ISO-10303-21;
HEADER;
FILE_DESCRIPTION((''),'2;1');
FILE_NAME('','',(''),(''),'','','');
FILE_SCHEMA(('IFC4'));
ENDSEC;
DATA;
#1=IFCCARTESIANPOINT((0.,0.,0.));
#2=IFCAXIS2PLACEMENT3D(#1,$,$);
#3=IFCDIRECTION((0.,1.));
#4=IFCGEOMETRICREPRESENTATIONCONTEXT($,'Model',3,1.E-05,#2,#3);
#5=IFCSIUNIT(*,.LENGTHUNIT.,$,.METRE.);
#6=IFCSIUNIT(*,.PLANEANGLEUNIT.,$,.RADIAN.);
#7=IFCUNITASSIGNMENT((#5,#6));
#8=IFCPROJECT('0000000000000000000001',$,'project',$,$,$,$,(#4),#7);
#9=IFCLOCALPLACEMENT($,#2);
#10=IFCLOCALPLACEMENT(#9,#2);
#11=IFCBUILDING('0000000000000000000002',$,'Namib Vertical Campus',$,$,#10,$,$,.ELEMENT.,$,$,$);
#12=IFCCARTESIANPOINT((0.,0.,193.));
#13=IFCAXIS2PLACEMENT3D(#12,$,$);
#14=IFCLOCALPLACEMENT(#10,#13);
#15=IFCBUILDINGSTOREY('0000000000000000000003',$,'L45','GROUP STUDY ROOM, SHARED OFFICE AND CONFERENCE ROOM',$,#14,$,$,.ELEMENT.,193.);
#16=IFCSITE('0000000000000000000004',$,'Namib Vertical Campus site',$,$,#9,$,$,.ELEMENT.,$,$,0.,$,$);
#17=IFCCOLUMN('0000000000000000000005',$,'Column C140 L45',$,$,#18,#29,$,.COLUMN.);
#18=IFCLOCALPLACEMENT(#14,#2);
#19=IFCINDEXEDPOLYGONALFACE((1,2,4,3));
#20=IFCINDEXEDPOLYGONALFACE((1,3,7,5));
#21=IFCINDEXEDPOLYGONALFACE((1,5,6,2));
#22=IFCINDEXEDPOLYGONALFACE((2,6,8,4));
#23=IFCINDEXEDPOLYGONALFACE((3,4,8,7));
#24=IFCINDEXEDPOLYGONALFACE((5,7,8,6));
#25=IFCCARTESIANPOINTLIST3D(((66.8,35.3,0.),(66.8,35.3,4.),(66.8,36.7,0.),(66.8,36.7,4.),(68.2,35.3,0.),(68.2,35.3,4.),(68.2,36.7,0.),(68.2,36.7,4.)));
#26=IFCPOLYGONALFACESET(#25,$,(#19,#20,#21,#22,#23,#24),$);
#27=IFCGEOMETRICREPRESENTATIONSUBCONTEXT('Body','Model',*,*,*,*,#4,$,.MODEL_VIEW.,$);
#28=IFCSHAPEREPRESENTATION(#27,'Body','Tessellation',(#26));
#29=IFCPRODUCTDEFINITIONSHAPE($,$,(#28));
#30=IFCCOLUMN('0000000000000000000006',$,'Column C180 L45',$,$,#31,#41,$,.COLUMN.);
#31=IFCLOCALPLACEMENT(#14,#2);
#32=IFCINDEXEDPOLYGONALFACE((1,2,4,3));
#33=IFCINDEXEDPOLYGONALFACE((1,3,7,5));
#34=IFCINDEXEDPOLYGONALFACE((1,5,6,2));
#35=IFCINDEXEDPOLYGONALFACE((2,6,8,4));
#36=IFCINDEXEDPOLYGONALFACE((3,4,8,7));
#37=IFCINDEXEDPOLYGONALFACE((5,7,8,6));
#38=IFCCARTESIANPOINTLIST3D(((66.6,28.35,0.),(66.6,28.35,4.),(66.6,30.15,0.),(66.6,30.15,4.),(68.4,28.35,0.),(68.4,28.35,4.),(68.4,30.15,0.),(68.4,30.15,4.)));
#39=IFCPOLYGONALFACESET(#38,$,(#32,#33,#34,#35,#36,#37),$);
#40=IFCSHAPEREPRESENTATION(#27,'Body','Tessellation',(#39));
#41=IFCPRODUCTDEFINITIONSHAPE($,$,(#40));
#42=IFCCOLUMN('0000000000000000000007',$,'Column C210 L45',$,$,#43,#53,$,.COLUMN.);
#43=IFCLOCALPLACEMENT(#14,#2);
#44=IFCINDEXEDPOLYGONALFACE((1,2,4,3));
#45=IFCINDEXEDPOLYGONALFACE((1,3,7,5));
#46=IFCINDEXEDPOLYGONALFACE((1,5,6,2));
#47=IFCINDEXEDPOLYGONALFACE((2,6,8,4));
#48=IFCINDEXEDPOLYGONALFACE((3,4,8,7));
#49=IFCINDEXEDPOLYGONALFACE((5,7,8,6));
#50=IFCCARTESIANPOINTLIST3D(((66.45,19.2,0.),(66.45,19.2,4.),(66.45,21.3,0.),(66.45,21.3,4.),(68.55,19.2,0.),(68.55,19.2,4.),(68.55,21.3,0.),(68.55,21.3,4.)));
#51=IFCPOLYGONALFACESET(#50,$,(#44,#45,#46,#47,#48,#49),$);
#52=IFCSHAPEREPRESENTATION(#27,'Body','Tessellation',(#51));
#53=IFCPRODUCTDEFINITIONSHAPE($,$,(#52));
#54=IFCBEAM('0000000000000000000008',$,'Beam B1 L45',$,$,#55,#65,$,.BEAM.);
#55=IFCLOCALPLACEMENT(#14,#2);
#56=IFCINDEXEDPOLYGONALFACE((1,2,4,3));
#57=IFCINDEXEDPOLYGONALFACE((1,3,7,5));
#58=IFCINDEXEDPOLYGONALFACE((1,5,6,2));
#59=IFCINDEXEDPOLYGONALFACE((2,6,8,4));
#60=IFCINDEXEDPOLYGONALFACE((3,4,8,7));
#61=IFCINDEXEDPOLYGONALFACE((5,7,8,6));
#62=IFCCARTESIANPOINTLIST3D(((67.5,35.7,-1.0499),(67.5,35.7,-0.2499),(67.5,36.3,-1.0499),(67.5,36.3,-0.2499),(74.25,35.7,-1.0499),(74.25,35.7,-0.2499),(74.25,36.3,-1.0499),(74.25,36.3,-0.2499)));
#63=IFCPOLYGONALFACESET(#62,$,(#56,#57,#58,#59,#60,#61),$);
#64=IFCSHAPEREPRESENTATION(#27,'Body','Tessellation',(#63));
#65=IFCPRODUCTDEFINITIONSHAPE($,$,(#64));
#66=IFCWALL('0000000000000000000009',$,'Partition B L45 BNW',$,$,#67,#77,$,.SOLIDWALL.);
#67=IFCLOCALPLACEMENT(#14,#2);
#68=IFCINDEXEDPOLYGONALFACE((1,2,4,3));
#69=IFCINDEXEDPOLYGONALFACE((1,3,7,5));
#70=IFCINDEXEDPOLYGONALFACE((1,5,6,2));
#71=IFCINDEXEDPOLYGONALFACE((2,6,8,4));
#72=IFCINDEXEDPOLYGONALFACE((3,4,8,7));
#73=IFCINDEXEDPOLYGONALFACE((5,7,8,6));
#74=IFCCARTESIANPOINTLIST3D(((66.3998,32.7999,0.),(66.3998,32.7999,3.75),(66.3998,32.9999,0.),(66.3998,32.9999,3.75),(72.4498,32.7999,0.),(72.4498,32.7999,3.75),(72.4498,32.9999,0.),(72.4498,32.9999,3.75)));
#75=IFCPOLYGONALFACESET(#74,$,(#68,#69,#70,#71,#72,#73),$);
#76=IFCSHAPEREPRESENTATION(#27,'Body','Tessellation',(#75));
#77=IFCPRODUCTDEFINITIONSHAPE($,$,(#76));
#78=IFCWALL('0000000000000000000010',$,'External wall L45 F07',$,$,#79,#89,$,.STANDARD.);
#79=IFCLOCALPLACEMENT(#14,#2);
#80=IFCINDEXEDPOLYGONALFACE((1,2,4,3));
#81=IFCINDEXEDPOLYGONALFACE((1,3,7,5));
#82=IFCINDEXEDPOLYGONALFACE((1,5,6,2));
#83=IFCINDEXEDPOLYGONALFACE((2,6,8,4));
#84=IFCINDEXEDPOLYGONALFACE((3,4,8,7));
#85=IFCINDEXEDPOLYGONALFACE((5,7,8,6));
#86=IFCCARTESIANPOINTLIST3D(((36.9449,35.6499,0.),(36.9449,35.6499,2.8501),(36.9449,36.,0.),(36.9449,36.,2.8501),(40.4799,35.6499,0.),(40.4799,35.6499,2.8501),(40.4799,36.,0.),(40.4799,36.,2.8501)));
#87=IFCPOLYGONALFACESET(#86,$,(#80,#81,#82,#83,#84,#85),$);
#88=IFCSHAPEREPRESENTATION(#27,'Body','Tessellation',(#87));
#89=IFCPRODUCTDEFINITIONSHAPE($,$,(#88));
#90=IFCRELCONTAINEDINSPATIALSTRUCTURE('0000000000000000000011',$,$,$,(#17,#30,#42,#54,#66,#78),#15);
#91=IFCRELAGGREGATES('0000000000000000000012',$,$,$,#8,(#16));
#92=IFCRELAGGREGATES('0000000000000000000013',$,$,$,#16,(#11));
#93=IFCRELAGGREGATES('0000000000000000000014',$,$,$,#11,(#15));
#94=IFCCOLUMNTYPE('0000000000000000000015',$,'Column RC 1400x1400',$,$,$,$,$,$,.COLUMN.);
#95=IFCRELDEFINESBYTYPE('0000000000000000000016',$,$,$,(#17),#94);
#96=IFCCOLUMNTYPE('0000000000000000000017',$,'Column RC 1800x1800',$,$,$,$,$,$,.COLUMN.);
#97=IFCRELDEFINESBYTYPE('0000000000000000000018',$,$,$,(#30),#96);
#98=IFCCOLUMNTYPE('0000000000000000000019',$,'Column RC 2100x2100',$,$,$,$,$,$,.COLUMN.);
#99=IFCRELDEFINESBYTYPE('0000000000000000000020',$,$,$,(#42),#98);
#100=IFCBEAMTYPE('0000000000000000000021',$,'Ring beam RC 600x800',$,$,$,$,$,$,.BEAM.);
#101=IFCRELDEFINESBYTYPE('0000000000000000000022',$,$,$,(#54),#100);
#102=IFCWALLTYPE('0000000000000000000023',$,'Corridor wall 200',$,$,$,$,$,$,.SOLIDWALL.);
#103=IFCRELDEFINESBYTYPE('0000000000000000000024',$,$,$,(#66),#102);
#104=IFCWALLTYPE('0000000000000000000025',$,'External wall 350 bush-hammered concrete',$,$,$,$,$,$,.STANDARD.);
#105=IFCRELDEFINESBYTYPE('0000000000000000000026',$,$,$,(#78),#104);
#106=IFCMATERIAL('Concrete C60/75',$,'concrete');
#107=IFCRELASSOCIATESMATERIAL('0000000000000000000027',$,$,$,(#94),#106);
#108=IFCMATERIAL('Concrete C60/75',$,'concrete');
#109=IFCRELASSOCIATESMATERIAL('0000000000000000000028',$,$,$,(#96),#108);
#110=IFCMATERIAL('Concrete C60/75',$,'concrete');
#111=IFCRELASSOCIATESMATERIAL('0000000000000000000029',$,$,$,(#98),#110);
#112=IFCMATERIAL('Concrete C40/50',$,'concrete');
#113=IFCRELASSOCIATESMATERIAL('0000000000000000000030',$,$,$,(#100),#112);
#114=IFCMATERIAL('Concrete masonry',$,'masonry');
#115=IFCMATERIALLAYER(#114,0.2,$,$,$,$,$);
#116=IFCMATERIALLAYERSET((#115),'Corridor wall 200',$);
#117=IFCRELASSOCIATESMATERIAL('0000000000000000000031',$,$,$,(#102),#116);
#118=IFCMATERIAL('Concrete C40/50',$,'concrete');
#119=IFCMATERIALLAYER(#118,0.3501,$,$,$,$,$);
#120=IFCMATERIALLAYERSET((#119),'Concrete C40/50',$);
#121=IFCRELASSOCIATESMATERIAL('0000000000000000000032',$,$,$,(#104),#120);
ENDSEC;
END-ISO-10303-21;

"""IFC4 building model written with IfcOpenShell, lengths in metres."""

from ifc_helpers import new_model, si_unit, direction, frame, frame_2d, origin, origin_2d, place, context, subcontext, project, spatial, rectangle, extrude, material, layer, layer_set, material_profile, profile_set, type_object, element, save


model = new_model("IFC4")

# Units and contexts
model_context = context("Model", 3, precision=1e-05, world=origin(), true_north=direction((0.0, 1.0)))
body_context = subcontext(model_context, "Body", "Model", "MODEL_VIEW")
ifc_project = project(units=[si_unit("LENGTHUNIT", "METRE"), si_unit("PLANEANGLEUNIT", "RADIAN")], contexts=[model_context])

# Site, building, storey
site_placement = place(None, origin())
site = spatial("IfcSite", under=ifc_project, at=site_placement, Name="Namib Vertical Campus site", CompositionType="ELEMENT", RefElevation=0.0)
building_placement = place(site_placement, origin())
building = spatial("IfcBuilding", under=site, at=building_placement, Name="Namib Vertical Campus", CompositionType="ELEMENT")
storey_placement = place(building_placement, frame((0.0, 0.0, 193.0)))
storey = spatial("IfcBuildingStorey", under=building, at=storey_placement, Name="L45", Description="GROUP STUDY ROOM, SHARED OFFICE AND CONFERENCE ROOM", CompositionType="ELEMENT", Elevation=193.0)

# Columns
ifc_material_1 = material(Name="Concrete C60/75", Category="concrete")
ifc_material_profile_1 = material_profile(ifc_material_1, rectangle(XDim=1.3999, YDim=1.3999, at=origin_2d()))
ifc_profile_set_1 = profile_set([ifc_material_profile_1], Name="Concrete C60/75")
column_type_1 = type_object("IfcColumnType", Name="Column RC 1400x1400", PredefinedType="COLUMN", material=ifc_profile_set_1)
column_1_placement = place(storey_placement, frame((67.5, 36.0, 0.0), z_axis=(0.0, 0.0, 1.0), x_axis=(1.0, 0.0, 0.0)))
element("IfcColumn", 1, at=column_1_placement, inside=storey, type_object=column_type_1, Name="Column C140 L45", PredefinedType="COLUMN", context=body_context, shape_type="SweptSolid", body=[
    extrude(rectangle(XDim=1.3999, YDim=1.3999, at=origin_2d()), origin(), (0.0, 0.0, 1.0), 4.0),
])
ifc_material_2 = material(Name="Concrete C60/75", Category="concrete")
ifc_material_profile_2 = material_profile(ifc_material_2, rectangle(XDim=1.8, YDim=1.8, at=origin_2d()))
ifc_profile_set_2 = profile_set([ifc_material_profile_2], Name="Concrete C60/75")
column_type_2 = type_object("IfcColumnType", Name="Column RC 1800x1800", PredefinedType="COLUMN", material=ifc_profile_set_2)
column_2_placement = place(storey_placement, frame((67.5, 29.25, 0.0), z_axis=(0.0, 0.0, 1.0), x_axis=(1.0, 0.0, 0.0)))
element("IfcColumn", 2, at=column_2_placement, inside=storey, type_object=column_type_2, Name="Column C180 L45", PredefinedType="COLUMN", context=body_context, shape_type="SweptSolid", body=[
    extrude(rectangle(XDim=1.8, YDim=1.8, at=origin_2d()), origin(), (0.0, 0.0, 1.0), 4.0),
])
ifc_material_3 = material(Name="Concrete C60/75", Category="concrete")
ifc_material_profile_3 = material_profile(ifc_material_3, rectangle(XDim=2.1001, YDim=2.1001, at=origin_2d()))
ifc_profile_set_3 = profile_set([ifc_material_profile_3], Name="Concrete C60/75")
column_type_3 = type_object("IfcColumnType", Name="Column RC 2100x2100", PredefinedType="COLUMN", material=ifc_profile_set_3)
column_3_placement = place(storey_placement, frame((67.5, 20.25, 0.0), z_axis=(0.0, 0.0, 1.0), x_axis=(1.0, 0.0, 0.0)))
element("IfcColumn", 3, at=column_3_placement, inside=storey, type_object=column_type_3, Name="Column C210 L45", PredefinedType="COLUMN", context=body_context, shape_type="SweptSolid", body=[
    extrude(rectangle(XDim=2.1001, YDim=2.1001, at=origin_2d()), origin(), (0.0, 0.0, 1.0), 4.0),
])

# Beam
ifc_material_4 = material(Name="Concrete C40/50", Category="concrete")
ifc_material_profile_4 = material_profile(ifc_material_4, rectangle(XDim=0.6001, YDim=0.8, at=origin_2d()))
ifc_profile_set_4 = profile_set([ifc_material_profile_4], Name="Concrete C40/50")
beam_type = type_object("IfcBeamType", Name="Ring beam RC 600x800", PredefinedType="BEAM", material=ifc_profile_set_4)
beam_placement = place(storey_placement, frame((67.5, 36.0, -0.6499), z_axis=(1.0, 0.0, 0.0), x_axis=(0.0, 1.0, 0.0)))
element("IfcBeam", 4, at=beam_placement, inside=storey, type_object=beam_type, Name="Beam B1 L45", PredefinedType="BEAM", context=body_context, shape_type="SweptSolid", body=[
    extrude(rectangle(XDim=0.6001, YDim=0.8, at=origin_2d()), origin(), (0.0, 0.0, 1.0), 6.75),
])

# Walls
ifc_material_5 = material(Name="Concrete masonry", Category="masonry")
ifc_layer_1 = layer(ifc_material_5, 0.2)
ifc_layer_set_1 = layer_set([ifc_layer_1], Name="Corridor wall 200")
wall_type_1 = type_object("IfcWallType", Name="Corridor wall 200", PredefinedType="SOLIDWALL", material=ifc_layer_set_1)
wall_1_placement = place(storey_placement, frame((66.3999, 32.8999, 0.0), z_axis=(0.0, 0.0, 1.0), x_axis=(1.0, 0.0, 0.0)))
element("IfcWall", 5, at=wall_1_placement, inside=storey, type_object=wall_type_1, Name="Partition B L45 BNW", PredefinedType="SOLIDWALL", context=body_context, shape_type="SweptSolid", body=[
    extrude(rectangle(XDim=6.05, YDim=0.2, at=frame_2d((3.0249, 0.0))), origin(), (0.0, 0.0, 1.0), 3.75),
])
ifc_material_6 = material(Name="Concrete C40/50", Category="concrete")
ifc_layer_2 = layer(ifc_material_6, 0.3501)
ifc_layer_set_2 = layer_set([ifc_layer_2], Name="Concrete C40/50")
wall_type_2 = type_object("IfcWallType", Name="External wall 350 bush-hammered concrete", PredefinedType="STANDARD", material=ifc_layer_set_2)
wall_2_placement = place(storey_placement, frame((40.48, 35.825, 0.0), z_axis=(0.0, 0.0, 1.0), x_axis=(-1.0, 0.0, 0.0)))
element("IfcWall", 6, at=wall_2_placement, inside=storey, type_object=wall_type_2, Name="External wall L45 F07", PredefinedType="STANDARD", context=body_context, shape_type="SweptSolid", body=[
    extrude(rectangle(XDim=3.5349, YDim=0.3501, at=frame_2d((1.7676, 0.0))), origin(), (0.0, 0.0, 1.0), 2.8501),
])

save(model, "model.ifc")
